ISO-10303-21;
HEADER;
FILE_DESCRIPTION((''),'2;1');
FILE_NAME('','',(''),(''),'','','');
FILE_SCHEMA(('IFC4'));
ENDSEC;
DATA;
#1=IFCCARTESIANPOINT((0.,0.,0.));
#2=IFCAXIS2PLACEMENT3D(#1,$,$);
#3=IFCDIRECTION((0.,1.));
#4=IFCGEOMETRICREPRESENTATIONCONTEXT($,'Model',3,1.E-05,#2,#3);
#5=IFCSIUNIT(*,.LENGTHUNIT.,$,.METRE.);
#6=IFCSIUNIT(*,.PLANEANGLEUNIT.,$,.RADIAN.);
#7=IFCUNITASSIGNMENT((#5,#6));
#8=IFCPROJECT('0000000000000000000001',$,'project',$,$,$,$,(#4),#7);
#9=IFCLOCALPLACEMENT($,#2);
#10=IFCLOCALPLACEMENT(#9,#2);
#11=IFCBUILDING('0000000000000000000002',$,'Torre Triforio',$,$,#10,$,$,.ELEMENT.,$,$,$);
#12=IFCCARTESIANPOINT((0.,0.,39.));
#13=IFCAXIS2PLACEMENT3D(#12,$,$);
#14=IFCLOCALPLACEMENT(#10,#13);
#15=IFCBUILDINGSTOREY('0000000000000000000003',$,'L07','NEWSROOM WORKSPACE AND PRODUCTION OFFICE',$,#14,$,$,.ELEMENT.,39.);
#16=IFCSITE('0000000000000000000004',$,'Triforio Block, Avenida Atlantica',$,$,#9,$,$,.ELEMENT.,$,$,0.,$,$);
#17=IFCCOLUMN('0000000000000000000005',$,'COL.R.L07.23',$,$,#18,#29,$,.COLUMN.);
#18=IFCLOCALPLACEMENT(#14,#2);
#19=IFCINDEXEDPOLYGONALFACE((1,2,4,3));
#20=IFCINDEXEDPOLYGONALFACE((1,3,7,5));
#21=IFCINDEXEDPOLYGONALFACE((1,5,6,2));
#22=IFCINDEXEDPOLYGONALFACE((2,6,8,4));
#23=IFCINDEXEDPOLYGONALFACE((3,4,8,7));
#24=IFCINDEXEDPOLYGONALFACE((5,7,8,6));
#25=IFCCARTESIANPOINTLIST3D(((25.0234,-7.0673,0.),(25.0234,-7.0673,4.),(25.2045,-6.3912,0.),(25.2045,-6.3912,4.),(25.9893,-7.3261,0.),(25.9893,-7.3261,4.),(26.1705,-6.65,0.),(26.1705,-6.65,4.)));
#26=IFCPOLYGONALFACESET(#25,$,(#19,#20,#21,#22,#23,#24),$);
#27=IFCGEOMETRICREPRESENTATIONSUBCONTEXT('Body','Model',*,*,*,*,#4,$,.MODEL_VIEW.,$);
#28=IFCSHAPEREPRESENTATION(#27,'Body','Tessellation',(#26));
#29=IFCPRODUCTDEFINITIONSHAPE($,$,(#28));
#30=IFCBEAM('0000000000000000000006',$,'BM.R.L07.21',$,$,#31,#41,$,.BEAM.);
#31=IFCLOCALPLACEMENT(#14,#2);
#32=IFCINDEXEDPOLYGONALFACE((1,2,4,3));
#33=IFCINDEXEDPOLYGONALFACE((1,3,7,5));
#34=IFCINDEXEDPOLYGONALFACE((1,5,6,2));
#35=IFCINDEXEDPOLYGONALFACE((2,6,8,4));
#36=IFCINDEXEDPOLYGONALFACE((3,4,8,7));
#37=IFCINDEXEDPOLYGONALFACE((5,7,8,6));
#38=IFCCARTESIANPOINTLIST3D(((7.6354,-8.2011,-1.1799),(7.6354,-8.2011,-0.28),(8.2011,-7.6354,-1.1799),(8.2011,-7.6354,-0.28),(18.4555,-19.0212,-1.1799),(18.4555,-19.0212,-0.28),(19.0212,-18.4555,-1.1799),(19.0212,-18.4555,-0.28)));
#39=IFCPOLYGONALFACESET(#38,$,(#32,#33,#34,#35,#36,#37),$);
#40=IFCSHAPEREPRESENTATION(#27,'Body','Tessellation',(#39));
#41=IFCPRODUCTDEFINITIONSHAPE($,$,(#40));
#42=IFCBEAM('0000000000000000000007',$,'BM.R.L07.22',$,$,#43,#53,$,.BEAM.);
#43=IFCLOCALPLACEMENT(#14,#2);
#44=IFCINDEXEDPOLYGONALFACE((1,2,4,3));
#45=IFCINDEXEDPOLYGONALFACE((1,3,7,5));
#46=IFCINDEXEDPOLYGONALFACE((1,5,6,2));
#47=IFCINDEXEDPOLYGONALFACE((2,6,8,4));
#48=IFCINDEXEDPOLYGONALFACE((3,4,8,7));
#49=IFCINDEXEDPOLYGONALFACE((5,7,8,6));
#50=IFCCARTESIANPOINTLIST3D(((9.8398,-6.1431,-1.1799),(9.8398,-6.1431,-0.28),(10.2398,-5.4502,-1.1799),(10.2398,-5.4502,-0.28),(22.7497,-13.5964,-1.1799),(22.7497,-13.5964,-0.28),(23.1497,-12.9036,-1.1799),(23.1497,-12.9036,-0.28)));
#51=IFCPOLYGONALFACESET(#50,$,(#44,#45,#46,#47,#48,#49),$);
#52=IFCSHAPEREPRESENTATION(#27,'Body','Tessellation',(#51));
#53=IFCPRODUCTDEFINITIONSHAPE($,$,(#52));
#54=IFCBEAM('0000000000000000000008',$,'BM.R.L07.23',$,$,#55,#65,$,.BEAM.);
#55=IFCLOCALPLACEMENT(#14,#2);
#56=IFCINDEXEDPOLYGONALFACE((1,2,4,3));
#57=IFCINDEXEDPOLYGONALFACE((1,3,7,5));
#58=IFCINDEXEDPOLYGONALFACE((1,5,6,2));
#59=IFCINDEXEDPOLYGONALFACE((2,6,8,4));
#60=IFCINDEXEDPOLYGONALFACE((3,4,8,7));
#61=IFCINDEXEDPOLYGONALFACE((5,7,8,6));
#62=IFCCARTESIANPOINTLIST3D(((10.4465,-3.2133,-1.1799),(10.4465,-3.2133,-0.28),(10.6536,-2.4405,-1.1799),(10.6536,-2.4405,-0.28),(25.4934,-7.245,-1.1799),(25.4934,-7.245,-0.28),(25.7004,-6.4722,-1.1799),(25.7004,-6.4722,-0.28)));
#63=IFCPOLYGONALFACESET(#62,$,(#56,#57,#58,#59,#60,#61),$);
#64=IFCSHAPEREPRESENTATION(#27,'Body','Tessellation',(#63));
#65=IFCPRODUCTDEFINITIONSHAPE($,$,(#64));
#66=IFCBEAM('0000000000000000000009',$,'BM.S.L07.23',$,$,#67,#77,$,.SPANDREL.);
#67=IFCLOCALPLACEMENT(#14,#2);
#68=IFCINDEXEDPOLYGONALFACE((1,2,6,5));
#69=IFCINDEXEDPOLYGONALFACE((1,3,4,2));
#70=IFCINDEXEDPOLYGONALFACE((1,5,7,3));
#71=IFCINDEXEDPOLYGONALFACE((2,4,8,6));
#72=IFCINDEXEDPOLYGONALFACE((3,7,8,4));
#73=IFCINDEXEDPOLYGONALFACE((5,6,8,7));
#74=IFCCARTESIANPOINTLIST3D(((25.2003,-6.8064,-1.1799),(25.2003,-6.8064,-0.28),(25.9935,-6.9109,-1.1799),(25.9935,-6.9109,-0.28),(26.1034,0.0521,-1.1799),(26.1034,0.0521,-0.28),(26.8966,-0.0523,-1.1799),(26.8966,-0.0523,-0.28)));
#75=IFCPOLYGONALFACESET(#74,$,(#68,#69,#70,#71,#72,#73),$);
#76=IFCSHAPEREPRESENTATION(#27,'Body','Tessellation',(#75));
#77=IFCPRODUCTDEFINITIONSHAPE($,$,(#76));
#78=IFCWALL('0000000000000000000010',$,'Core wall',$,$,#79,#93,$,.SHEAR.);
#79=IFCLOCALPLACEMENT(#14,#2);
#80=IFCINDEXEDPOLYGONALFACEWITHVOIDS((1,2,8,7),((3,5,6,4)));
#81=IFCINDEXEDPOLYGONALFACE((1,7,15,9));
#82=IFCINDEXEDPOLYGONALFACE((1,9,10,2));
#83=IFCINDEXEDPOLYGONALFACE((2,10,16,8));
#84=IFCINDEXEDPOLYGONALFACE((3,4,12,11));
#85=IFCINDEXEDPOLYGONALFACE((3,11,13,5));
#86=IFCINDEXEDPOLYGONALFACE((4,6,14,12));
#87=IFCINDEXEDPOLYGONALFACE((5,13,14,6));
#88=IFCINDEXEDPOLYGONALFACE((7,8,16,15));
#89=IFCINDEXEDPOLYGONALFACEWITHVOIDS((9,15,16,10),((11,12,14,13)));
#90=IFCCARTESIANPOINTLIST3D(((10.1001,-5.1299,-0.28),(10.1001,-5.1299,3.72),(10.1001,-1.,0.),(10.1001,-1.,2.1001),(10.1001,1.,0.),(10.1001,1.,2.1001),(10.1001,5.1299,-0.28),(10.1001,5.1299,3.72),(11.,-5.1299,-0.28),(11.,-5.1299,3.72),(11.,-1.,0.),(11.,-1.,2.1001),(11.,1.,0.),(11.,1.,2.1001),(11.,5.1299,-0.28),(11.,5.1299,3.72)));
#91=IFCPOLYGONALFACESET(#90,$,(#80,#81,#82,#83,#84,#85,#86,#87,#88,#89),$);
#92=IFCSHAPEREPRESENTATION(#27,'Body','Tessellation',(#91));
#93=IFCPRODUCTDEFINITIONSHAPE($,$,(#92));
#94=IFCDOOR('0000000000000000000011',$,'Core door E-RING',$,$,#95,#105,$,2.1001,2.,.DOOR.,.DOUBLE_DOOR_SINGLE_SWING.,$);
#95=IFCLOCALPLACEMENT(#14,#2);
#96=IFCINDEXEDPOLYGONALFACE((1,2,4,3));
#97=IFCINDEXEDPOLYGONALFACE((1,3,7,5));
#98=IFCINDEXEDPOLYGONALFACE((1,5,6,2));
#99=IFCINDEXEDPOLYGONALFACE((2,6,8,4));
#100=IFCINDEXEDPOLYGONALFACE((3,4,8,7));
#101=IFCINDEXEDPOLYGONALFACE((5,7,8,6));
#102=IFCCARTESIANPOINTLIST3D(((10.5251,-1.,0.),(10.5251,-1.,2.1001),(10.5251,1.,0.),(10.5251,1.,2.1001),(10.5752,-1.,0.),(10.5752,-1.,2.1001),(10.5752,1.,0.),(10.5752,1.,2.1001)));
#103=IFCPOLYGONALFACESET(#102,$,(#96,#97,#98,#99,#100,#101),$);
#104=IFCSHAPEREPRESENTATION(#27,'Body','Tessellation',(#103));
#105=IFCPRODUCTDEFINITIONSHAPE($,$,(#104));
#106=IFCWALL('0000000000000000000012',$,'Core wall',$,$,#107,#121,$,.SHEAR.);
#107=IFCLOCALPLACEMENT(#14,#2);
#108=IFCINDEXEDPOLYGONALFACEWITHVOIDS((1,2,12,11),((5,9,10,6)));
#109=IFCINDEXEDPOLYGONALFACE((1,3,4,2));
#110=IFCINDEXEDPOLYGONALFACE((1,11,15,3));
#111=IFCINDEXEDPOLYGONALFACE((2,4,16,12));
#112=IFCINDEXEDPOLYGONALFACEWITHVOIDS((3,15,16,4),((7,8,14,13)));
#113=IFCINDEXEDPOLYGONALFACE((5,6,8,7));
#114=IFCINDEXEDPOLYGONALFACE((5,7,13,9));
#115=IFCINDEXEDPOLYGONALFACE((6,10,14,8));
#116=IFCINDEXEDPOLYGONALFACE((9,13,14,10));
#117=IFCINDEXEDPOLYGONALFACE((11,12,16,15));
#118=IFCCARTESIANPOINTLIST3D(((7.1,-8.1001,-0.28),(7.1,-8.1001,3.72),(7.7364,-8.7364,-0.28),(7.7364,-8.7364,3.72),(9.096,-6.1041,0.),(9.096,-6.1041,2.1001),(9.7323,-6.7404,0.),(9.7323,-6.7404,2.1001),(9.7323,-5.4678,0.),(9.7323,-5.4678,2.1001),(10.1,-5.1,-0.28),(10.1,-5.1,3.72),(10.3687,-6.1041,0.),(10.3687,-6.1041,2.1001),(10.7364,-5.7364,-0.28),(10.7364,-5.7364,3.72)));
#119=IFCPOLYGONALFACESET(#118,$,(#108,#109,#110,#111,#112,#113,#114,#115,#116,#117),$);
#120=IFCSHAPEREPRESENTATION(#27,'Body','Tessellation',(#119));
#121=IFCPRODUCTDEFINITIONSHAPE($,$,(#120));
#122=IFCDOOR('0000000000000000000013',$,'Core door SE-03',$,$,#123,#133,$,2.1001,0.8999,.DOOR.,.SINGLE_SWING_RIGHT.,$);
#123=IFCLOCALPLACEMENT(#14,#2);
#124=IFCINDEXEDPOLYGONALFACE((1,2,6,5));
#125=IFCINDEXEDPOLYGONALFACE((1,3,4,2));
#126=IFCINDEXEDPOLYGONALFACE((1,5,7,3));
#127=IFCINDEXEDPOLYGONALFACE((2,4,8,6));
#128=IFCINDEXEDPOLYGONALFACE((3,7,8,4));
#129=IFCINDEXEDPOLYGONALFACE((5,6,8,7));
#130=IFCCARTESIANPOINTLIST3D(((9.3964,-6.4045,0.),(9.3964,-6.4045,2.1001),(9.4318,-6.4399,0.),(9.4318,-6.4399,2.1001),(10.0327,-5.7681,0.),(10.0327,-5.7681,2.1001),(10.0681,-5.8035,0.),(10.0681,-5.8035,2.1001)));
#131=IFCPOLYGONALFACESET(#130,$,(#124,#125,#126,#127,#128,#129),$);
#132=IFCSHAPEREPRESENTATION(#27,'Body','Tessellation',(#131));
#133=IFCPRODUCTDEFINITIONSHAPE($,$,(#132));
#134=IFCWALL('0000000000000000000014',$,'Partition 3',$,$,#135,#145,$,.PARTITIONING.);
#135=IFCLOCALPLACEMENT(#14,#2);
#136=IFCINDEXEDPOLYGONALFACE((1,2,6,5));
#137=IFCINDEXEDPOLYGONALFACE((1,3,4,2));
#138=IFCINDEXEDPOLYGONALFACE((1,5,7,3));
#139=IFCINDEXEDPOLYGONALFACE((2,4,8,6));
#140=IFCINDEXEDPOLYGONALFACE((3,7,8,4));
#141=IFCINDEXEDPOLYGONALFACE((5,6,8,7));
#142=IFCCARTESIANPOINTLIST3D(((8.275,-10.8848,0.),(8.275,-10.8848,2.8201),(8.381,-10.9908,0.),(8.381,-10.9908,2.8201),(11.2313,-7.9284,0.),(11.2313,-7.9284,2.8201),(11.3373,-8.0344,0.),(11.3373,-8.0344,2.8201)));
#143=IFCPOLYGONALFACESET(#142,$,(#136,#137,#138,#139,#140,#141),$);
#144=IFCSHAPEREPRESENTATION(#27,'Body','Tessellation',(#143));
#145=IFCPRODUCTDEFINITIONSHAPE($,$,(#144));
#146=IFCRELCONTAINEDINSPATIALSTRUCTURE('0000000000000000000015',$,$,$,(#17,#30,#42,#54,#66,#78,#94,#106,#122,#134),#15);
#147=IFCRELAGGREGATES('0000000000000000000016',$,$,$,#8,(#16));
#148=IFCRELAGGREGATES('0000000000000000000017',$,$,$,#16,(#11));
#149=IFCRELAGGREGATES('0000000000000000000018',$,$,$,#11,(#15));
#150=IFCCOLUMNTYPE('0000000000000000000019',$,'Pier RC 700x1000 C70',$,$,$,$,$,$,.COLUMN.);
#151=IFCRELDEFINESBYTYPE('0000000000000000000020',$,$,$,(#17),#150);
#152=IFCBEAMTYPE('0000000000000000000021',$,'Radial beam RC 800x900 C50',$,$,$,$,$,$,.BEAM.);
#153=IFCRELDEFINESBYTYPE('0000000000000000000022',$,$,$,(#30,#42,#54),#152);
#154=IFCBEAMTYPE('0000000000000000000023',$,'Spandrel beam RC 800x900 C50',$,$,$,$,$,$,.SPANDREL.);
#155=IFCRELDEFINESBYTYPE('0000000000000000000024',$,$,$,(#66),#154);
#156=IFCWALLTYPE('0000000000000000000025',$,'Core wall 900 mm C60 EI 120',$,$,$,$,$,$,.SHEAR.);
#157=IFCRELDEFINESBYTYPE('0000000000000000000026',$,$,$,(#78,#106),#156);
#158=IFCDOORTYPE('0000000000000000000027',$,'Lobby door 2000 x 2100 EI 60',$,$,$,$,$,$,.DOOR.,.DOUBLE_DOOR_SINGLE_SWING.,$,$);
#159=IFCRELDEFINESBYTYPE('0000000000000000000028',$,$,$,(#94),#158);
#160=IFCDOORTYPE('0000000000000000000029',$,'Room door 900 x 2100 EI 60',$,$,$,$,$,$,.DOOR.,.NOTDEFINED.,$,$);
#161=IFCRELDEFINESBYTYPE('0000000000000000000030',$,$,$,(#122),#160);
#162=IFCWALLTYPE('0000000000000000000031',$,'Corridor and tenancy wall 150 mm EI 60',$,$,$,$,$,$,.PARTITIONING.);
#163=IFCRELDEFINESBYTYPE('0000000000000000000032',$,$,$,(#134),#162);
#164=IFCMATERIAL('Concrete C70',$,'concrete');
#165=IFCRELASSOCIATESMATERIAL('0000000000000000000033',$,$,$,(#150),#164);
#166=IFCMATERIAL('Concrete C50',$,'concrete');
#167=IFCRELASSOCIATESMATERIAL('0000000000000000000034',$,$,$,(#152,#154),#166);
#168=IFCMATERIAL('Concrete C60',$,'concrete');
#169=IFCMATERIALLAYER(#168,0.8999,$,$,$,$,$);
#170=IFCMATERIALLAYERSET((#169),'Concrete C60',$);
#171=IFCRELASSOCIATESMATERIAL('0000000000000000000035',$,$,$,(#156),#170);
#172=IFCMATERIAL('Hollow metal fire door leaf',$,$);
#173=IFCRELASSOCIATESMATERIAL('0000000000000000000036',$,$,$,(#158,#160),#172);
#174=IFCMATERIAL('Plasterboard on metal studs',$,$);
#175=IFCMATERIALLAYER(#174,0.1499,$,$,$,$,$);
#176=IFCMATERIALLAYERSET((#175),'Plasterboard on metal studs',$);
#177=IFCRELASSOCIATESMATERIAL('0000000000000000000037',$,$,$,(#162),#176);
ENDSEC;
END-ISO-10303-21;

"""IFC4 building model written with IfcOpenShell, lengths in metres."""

from ifc_helpers import new_model, si_unit, direction, frame, frame_2d, origin, origin_2d, place, context, subcontext, project, spatial, rectangle, extrude, material, layer, layer_set, material_profile, profile_set, type_object, element, fill, save


model = new_model("IFC4")

# Units and contexts
model_context = context("Model", 3, precision=1e-05, world=origin(), true_north=direction((0.0, 1.0)))
body_context = subcontext(model_context, "Body", "Model", "MODEL_VIEW")
ifc_project = project(units=[si_unit("LENGTHUNIT", "METRE"), si_unit("PLANEANGLEUNIT", "RADIAN")], contexts=[model_context])

# Site, building, storey
site_placement = place(None, origin())
site = spatial("IfcSite", under=ifc_project, at=site_placement, Name="Triforio Block, Avenida Atlantica", CompositionType="ELEMENT", RefElevation=0.0)
building_placement = place(site_placement, origin())
building = spatial("IfcBuilding", under=site, at=building_placement, Name="Torre Triforio", CompositionType="ELEMENT")
storey_placement = place(building_placement, frame((0.0, 0.0, 39.0)))
storey = spatial("IfcBuildingStorey", under=building, at=storey_placement, Name="L07", Description="NEWSROOM WORKSPACE AND PRODUCTION OFFICE", CompositionType="ELEMENT", Elevation=39.0)

# Column
ifc_material_1 = material(Name="Concrete C70", Category="concrete")
ifc_material_profile_1 = material_profile(ifc_material_1, rectangle(XDim=0.7, YDim=1.0, at=origin_2d()), Name="RC 700x1000")
ifc_profile_set_1 = profile_set([ifc_material_profile_1], Name="Concrete C70")
column_type = type_object("IfcColumnType", Name="Pier RC 700x1000 C70", PredefinedType="COLUMN", material=ifc_profile_set_1)
column_placement = place(storey_placement, frame((25.5969, -6.8586, 0.0), z_axis=(0.0, 0.0, 1.0), x_axis=(0.258819, 0.965926, 0.0)))
element("IfcColumn", 1, at=column_placement, inside=storey, type_object=column_type, Name="COL.R.L07.23", PredefinedType="COLUMN", context=body_context, shape_type="SweptSolid", body=[
    extrude(rectangle(XDim=0.7, YDim=1.0, at=origin_2d()), origin(), (0.0, 0.0, 1.0), 4.0),
])

# Beams
ifc_material_2 = material(Name="Concrete C50", Category="concrete")
ifc_material_profile_2 = material_profile(ifc_material_2, rectangle(XDim=0.8, YDim=0.8999, at=origin_2d()), Name="RC 800x900")
ifc_profile_set_2 = profile_set([ifc_material_profile_2], Name="Concrete C50")
beam_type_1 = type_object("IfcBeamType", Name="Radial beam RC 800x900 C50", PredefinedType="BEAM", material=ifc_profile_set_2)
beam_1_placement = place(storey_placement, frame((7.9182, -7.9182, -0.73), z_axis=(0.707107, -0.707107, 0.0), x_axis=(0.707107, 0.707107, 0.0)))
element("IfcBeam", 2, at=beam_1_placement, inside=storey, type_object=beam_type_1, Name="BM.R.L07.21", PredefinedType="BEAM", context=body_context, shape_type="SweptSolid", body=[
    extrude(rectangle(XDim=0.8, YDim=0.8999, at=origin_2d()), origin(), (0.0, 0.0, 1.0), 15.302),
])
beam_2_placement = place(storey_placement, frame((10.0398, -5.7966, -0.73), z_axis=(0.86603, -0.499991, 0.0), x_axis=(0.499991, 0.86603, 0.0)))
element("IfcBeam", 3, at=beam_2_placement, inside=storey, type_object=beam_type_1, Name="BM.R.L07.22", PredefinedType="BEAM", context=body_context, shape_type="SweptSolid", body=[
    extrude(rectangle(XDim=0.8, YDim=0.8999, at=origin_2d()), origin(), (0.0, 0.0, 1.0), 14.907),
])
beam_3_placement = place(storey_placement, frame((10.55, -2.8269, -0.73), z_axis=(0.965927, -0.258815, 0.0), x_axis=(0.258815, 0.965927, 0.0)))
element("IfcBeam", 4, at=beam_3_placement, inside=storey, type_object=beam_type_1, Name="BM.R.L07.23", PredefinedType="BEAM", context=body_context, shape_type="SweptSolid", body=[
    extrude(rectangle(XDim=0.8, YDim=0.8999, at=origin_2d()), origin(), (0.0, 0.0, 1.0), 15.5776),
])
ifc_material_profile_3 = material_profile(ifc_material_2, rectangle(XDim=0.8, YDim=0.8999, at=origin_2d()), Name="RC 800x900")
ifc_profile_set_3 = profile_set([ifc_material_profile_3], Name="Concrete C50")
beam_type_2 = type_object("IfcBeamType", Name="Spandrel beam RC 800x900 C50", PredefinedType="SPANDREL", material=ifc_profile_set_3)
beam_4_placement = place(storey_placement, frame((25.5969, -6.8586, -0.73), z_axis=(0.130543, 0.991443, 0.0), x_axis=(-0.991443, 0.130543, 0.0)))
element("IfcBeam", 5, at=beam_4_placement, inside=storey, type_object=beam_type_2, Name="BM.S.L07.23", PredefinedType="SPANDREL", context=body_context, shape_type="SweptSolid", body=[
    extrude(rectangle(XDim=0.8, YDim=0.8999, at=origin_2d()), origin(), (0.0, 0.0, 1.0), 6.9177),
])

# Walls, openings, doors
ifc_material_3 = material(Name="Concrete C60", Category="concrete")
ifc_layer_1 = layer(ifc_material_3, 0.8999)
ifc_layer_set_1 = layer_set([ifc_layer_1], Name="Concrete C60")
wall_type_1 = type_object("IfcWallType", Name="Core wall 900 mm C60 EI 120", PredefinedType="SHEAR", material=ifc_layer_set_1)
wall_1_placement = place(storey_placement, frame((10.55, -5.1299, -0.28), z_axis=(0.0, 0.0, 1.0), x_axis=(0.0, 1.0, 0.0)))
wall_1 = element("IfcWall", 6, at=wall_1_placement, inside=storey, type_object=wall_type_1, Name="Core wall", PredefinedType="SHEAR", context=body_context, shape_type="SweptSolid", body=[
    extrude(rectangle(XDim=10.2598, YDim=0.8999, at=frame_2d((5.1299, 0.0))), origin(), (0.0, 0.0, 1.0), 4.0),
])
opening_1_placement = place(wall_1_placement, frame((4.1299, 0.0, 0.28)))
opening_1 = element("IfcOpeningElement", 7, at=opening_1_placement, cuts=wall_1, PredefinedType="OPENING", context=body_context, shape_type="SweptSolid", body=[
    extrude(rectangle(XDim=2.0, YDim=2.1001, at=frame_2d((1.0, 1.05))), frame((0.0, 0.46, 0.0), z_axis=(0.0, -1.0, 0.0), x_axis=(1.0, 0.0, 0.0)), (0.0, 0.0, 1.0), 0.9199),
])
ifc_material_4 = material(Name="Hollow metal fire door leaf")
door_type_1 = type_object("IfcDoorType", Name="Lobby door 2000 x 2100 EI 60", OperationType="DOUBLE_DOOR_SINGLE_SWING", PredefinedType="DOOR", material=ifc_material_4)
door_1_placement = place(opening_1_placement, origin())
door_1 = element("IfcDoor", 8, at=door_1_placement, inside=storey, type_object=door_type_1, Name="Core door E-RING", OperationType="DOUBLE_DOOR_SINGLE_SWING", OverallHeight=2.1001, OverallWidth=2.0, PredefinedType="DOOR", context=body_context, shape_type="SweptSolid", body=[
    extrude(rectangle(XDim=2.0, YDim=2.1001, at=frame_2d((1.0, 1.05))), frame((0.0, 0.0249, 0.0), z_axis=(0.0, -1.0, 0.0), x_axis=(1.0, 0.0, 0.0)), (0.0, 0.0, 1.0), 0.05),
])
fill(opening_1, door_1)
wall_2_placement = place(storey_placement, frame((10.4182, -5.4182, -0.28), z_axis=(0.0, 0.0, 1.0), x_axis=(-0.707107, -0.707107, 0.0)))
wall_2 = element("IfcWall", 9, at=wall_2_placement, inside=storey, type_object=wall_type_1, Name="Core wall", PredefinedType="SHEAR", context=body_context, shape_type="SweptSolid", body=[
    extrude(rectangle(XDim=4.2427, YDim=0.8999, at=frame_2d((2.1213, 0.0))), origin(), (0.0, 0.0, 1.0), 4.0),
])
opening_2_placement = place(wall_2_placement, frame((0.52, 0.0, 0.28)))
opening_2 = element("IfcOpeningElement", 10, at=opening_2_placement, cuts=wall_2, PredefinedType="OPENING", context=body_context, shape_type="SweptSolid", body=[
    extrude(rectangle(XDim=0.8999, YDim=2.1001, at=frame_2d((0.45, 1.05))), frame((0.0, 0.46, 0.0), z_axis=(0.0, -1.0, 0.0), x_axis=(1.0, 0.0, 0.0)), (0.0, 0.0, 1.0), 0.9199),
])
door_type_2 = type_object("IfcDoorType", Name="Room door 900 x 2100 EI 60", OperationType="NOTDEFINED", PredefinedType="DOOR", material=ifc_material_4)
door_2_placement = place(opening_2_placement, origin())
door_2 = element("IfcDoor", 11, at=door_2_placement, inside=storey, type_object=door_type_2, Name="Core door SE-03", OperationType="SINGLE_SWING_RIGHT", OverallHeight=2.1001, OverallWidth=0.8999, PredefinedType="DOOR", context=body_context, shape_type="SweptSolid", body=[
    extrude(rectangle(XDim=0.8999, YDim=2.1001, at=frame_2d((0.45, 1.05))), frame((0.0, 0.0249, 0.0), z_axis=(0.0, -1.0, 0.0), x_axis=(1.0, 0.0, 0.0)), (0.0, 0.0, 1.0), 0.05),
])
fill(opening_2, door_2)

# Wall
ifc_material_5 = material(Name="Plasterboard on metal studs")
ifc_layer_2 = layer(ifc_material_5, 0.1499)
ifc_layer_set_2 = layer_set([ifc_layer_2], Name="Plasterboard on metal studs")
wall_type_2 = type_object("IfcWallType", Name="Corridor and tenancy wall 150 mm EI 60", PredefinedType="PARTITIONING", material=ifc_layer_set_2)
wall_3_placement = place(storey_placement, frame((11.2842, -7.9814, 0.0), z_axis=(0.0, 0.0, 1.0), x_axis=(-0.707078, -0.707136, 0.0)))
element("IfcWall", 12, at=wall_3_placement, inside=storey, type_object=wall_type_2, Name="Partition 3", PredefinedType="PARTITIONING", context=body_context, shape_type="SweptSolid", body=[
    extrude(rectangle(XDim=4.1809, YDim=0.1499, at=frame_2d((2.0903, 0.0))), origin(), (0.0, 0.0, 1.0), 2.8201),
])

save(model, "model.ifc")
